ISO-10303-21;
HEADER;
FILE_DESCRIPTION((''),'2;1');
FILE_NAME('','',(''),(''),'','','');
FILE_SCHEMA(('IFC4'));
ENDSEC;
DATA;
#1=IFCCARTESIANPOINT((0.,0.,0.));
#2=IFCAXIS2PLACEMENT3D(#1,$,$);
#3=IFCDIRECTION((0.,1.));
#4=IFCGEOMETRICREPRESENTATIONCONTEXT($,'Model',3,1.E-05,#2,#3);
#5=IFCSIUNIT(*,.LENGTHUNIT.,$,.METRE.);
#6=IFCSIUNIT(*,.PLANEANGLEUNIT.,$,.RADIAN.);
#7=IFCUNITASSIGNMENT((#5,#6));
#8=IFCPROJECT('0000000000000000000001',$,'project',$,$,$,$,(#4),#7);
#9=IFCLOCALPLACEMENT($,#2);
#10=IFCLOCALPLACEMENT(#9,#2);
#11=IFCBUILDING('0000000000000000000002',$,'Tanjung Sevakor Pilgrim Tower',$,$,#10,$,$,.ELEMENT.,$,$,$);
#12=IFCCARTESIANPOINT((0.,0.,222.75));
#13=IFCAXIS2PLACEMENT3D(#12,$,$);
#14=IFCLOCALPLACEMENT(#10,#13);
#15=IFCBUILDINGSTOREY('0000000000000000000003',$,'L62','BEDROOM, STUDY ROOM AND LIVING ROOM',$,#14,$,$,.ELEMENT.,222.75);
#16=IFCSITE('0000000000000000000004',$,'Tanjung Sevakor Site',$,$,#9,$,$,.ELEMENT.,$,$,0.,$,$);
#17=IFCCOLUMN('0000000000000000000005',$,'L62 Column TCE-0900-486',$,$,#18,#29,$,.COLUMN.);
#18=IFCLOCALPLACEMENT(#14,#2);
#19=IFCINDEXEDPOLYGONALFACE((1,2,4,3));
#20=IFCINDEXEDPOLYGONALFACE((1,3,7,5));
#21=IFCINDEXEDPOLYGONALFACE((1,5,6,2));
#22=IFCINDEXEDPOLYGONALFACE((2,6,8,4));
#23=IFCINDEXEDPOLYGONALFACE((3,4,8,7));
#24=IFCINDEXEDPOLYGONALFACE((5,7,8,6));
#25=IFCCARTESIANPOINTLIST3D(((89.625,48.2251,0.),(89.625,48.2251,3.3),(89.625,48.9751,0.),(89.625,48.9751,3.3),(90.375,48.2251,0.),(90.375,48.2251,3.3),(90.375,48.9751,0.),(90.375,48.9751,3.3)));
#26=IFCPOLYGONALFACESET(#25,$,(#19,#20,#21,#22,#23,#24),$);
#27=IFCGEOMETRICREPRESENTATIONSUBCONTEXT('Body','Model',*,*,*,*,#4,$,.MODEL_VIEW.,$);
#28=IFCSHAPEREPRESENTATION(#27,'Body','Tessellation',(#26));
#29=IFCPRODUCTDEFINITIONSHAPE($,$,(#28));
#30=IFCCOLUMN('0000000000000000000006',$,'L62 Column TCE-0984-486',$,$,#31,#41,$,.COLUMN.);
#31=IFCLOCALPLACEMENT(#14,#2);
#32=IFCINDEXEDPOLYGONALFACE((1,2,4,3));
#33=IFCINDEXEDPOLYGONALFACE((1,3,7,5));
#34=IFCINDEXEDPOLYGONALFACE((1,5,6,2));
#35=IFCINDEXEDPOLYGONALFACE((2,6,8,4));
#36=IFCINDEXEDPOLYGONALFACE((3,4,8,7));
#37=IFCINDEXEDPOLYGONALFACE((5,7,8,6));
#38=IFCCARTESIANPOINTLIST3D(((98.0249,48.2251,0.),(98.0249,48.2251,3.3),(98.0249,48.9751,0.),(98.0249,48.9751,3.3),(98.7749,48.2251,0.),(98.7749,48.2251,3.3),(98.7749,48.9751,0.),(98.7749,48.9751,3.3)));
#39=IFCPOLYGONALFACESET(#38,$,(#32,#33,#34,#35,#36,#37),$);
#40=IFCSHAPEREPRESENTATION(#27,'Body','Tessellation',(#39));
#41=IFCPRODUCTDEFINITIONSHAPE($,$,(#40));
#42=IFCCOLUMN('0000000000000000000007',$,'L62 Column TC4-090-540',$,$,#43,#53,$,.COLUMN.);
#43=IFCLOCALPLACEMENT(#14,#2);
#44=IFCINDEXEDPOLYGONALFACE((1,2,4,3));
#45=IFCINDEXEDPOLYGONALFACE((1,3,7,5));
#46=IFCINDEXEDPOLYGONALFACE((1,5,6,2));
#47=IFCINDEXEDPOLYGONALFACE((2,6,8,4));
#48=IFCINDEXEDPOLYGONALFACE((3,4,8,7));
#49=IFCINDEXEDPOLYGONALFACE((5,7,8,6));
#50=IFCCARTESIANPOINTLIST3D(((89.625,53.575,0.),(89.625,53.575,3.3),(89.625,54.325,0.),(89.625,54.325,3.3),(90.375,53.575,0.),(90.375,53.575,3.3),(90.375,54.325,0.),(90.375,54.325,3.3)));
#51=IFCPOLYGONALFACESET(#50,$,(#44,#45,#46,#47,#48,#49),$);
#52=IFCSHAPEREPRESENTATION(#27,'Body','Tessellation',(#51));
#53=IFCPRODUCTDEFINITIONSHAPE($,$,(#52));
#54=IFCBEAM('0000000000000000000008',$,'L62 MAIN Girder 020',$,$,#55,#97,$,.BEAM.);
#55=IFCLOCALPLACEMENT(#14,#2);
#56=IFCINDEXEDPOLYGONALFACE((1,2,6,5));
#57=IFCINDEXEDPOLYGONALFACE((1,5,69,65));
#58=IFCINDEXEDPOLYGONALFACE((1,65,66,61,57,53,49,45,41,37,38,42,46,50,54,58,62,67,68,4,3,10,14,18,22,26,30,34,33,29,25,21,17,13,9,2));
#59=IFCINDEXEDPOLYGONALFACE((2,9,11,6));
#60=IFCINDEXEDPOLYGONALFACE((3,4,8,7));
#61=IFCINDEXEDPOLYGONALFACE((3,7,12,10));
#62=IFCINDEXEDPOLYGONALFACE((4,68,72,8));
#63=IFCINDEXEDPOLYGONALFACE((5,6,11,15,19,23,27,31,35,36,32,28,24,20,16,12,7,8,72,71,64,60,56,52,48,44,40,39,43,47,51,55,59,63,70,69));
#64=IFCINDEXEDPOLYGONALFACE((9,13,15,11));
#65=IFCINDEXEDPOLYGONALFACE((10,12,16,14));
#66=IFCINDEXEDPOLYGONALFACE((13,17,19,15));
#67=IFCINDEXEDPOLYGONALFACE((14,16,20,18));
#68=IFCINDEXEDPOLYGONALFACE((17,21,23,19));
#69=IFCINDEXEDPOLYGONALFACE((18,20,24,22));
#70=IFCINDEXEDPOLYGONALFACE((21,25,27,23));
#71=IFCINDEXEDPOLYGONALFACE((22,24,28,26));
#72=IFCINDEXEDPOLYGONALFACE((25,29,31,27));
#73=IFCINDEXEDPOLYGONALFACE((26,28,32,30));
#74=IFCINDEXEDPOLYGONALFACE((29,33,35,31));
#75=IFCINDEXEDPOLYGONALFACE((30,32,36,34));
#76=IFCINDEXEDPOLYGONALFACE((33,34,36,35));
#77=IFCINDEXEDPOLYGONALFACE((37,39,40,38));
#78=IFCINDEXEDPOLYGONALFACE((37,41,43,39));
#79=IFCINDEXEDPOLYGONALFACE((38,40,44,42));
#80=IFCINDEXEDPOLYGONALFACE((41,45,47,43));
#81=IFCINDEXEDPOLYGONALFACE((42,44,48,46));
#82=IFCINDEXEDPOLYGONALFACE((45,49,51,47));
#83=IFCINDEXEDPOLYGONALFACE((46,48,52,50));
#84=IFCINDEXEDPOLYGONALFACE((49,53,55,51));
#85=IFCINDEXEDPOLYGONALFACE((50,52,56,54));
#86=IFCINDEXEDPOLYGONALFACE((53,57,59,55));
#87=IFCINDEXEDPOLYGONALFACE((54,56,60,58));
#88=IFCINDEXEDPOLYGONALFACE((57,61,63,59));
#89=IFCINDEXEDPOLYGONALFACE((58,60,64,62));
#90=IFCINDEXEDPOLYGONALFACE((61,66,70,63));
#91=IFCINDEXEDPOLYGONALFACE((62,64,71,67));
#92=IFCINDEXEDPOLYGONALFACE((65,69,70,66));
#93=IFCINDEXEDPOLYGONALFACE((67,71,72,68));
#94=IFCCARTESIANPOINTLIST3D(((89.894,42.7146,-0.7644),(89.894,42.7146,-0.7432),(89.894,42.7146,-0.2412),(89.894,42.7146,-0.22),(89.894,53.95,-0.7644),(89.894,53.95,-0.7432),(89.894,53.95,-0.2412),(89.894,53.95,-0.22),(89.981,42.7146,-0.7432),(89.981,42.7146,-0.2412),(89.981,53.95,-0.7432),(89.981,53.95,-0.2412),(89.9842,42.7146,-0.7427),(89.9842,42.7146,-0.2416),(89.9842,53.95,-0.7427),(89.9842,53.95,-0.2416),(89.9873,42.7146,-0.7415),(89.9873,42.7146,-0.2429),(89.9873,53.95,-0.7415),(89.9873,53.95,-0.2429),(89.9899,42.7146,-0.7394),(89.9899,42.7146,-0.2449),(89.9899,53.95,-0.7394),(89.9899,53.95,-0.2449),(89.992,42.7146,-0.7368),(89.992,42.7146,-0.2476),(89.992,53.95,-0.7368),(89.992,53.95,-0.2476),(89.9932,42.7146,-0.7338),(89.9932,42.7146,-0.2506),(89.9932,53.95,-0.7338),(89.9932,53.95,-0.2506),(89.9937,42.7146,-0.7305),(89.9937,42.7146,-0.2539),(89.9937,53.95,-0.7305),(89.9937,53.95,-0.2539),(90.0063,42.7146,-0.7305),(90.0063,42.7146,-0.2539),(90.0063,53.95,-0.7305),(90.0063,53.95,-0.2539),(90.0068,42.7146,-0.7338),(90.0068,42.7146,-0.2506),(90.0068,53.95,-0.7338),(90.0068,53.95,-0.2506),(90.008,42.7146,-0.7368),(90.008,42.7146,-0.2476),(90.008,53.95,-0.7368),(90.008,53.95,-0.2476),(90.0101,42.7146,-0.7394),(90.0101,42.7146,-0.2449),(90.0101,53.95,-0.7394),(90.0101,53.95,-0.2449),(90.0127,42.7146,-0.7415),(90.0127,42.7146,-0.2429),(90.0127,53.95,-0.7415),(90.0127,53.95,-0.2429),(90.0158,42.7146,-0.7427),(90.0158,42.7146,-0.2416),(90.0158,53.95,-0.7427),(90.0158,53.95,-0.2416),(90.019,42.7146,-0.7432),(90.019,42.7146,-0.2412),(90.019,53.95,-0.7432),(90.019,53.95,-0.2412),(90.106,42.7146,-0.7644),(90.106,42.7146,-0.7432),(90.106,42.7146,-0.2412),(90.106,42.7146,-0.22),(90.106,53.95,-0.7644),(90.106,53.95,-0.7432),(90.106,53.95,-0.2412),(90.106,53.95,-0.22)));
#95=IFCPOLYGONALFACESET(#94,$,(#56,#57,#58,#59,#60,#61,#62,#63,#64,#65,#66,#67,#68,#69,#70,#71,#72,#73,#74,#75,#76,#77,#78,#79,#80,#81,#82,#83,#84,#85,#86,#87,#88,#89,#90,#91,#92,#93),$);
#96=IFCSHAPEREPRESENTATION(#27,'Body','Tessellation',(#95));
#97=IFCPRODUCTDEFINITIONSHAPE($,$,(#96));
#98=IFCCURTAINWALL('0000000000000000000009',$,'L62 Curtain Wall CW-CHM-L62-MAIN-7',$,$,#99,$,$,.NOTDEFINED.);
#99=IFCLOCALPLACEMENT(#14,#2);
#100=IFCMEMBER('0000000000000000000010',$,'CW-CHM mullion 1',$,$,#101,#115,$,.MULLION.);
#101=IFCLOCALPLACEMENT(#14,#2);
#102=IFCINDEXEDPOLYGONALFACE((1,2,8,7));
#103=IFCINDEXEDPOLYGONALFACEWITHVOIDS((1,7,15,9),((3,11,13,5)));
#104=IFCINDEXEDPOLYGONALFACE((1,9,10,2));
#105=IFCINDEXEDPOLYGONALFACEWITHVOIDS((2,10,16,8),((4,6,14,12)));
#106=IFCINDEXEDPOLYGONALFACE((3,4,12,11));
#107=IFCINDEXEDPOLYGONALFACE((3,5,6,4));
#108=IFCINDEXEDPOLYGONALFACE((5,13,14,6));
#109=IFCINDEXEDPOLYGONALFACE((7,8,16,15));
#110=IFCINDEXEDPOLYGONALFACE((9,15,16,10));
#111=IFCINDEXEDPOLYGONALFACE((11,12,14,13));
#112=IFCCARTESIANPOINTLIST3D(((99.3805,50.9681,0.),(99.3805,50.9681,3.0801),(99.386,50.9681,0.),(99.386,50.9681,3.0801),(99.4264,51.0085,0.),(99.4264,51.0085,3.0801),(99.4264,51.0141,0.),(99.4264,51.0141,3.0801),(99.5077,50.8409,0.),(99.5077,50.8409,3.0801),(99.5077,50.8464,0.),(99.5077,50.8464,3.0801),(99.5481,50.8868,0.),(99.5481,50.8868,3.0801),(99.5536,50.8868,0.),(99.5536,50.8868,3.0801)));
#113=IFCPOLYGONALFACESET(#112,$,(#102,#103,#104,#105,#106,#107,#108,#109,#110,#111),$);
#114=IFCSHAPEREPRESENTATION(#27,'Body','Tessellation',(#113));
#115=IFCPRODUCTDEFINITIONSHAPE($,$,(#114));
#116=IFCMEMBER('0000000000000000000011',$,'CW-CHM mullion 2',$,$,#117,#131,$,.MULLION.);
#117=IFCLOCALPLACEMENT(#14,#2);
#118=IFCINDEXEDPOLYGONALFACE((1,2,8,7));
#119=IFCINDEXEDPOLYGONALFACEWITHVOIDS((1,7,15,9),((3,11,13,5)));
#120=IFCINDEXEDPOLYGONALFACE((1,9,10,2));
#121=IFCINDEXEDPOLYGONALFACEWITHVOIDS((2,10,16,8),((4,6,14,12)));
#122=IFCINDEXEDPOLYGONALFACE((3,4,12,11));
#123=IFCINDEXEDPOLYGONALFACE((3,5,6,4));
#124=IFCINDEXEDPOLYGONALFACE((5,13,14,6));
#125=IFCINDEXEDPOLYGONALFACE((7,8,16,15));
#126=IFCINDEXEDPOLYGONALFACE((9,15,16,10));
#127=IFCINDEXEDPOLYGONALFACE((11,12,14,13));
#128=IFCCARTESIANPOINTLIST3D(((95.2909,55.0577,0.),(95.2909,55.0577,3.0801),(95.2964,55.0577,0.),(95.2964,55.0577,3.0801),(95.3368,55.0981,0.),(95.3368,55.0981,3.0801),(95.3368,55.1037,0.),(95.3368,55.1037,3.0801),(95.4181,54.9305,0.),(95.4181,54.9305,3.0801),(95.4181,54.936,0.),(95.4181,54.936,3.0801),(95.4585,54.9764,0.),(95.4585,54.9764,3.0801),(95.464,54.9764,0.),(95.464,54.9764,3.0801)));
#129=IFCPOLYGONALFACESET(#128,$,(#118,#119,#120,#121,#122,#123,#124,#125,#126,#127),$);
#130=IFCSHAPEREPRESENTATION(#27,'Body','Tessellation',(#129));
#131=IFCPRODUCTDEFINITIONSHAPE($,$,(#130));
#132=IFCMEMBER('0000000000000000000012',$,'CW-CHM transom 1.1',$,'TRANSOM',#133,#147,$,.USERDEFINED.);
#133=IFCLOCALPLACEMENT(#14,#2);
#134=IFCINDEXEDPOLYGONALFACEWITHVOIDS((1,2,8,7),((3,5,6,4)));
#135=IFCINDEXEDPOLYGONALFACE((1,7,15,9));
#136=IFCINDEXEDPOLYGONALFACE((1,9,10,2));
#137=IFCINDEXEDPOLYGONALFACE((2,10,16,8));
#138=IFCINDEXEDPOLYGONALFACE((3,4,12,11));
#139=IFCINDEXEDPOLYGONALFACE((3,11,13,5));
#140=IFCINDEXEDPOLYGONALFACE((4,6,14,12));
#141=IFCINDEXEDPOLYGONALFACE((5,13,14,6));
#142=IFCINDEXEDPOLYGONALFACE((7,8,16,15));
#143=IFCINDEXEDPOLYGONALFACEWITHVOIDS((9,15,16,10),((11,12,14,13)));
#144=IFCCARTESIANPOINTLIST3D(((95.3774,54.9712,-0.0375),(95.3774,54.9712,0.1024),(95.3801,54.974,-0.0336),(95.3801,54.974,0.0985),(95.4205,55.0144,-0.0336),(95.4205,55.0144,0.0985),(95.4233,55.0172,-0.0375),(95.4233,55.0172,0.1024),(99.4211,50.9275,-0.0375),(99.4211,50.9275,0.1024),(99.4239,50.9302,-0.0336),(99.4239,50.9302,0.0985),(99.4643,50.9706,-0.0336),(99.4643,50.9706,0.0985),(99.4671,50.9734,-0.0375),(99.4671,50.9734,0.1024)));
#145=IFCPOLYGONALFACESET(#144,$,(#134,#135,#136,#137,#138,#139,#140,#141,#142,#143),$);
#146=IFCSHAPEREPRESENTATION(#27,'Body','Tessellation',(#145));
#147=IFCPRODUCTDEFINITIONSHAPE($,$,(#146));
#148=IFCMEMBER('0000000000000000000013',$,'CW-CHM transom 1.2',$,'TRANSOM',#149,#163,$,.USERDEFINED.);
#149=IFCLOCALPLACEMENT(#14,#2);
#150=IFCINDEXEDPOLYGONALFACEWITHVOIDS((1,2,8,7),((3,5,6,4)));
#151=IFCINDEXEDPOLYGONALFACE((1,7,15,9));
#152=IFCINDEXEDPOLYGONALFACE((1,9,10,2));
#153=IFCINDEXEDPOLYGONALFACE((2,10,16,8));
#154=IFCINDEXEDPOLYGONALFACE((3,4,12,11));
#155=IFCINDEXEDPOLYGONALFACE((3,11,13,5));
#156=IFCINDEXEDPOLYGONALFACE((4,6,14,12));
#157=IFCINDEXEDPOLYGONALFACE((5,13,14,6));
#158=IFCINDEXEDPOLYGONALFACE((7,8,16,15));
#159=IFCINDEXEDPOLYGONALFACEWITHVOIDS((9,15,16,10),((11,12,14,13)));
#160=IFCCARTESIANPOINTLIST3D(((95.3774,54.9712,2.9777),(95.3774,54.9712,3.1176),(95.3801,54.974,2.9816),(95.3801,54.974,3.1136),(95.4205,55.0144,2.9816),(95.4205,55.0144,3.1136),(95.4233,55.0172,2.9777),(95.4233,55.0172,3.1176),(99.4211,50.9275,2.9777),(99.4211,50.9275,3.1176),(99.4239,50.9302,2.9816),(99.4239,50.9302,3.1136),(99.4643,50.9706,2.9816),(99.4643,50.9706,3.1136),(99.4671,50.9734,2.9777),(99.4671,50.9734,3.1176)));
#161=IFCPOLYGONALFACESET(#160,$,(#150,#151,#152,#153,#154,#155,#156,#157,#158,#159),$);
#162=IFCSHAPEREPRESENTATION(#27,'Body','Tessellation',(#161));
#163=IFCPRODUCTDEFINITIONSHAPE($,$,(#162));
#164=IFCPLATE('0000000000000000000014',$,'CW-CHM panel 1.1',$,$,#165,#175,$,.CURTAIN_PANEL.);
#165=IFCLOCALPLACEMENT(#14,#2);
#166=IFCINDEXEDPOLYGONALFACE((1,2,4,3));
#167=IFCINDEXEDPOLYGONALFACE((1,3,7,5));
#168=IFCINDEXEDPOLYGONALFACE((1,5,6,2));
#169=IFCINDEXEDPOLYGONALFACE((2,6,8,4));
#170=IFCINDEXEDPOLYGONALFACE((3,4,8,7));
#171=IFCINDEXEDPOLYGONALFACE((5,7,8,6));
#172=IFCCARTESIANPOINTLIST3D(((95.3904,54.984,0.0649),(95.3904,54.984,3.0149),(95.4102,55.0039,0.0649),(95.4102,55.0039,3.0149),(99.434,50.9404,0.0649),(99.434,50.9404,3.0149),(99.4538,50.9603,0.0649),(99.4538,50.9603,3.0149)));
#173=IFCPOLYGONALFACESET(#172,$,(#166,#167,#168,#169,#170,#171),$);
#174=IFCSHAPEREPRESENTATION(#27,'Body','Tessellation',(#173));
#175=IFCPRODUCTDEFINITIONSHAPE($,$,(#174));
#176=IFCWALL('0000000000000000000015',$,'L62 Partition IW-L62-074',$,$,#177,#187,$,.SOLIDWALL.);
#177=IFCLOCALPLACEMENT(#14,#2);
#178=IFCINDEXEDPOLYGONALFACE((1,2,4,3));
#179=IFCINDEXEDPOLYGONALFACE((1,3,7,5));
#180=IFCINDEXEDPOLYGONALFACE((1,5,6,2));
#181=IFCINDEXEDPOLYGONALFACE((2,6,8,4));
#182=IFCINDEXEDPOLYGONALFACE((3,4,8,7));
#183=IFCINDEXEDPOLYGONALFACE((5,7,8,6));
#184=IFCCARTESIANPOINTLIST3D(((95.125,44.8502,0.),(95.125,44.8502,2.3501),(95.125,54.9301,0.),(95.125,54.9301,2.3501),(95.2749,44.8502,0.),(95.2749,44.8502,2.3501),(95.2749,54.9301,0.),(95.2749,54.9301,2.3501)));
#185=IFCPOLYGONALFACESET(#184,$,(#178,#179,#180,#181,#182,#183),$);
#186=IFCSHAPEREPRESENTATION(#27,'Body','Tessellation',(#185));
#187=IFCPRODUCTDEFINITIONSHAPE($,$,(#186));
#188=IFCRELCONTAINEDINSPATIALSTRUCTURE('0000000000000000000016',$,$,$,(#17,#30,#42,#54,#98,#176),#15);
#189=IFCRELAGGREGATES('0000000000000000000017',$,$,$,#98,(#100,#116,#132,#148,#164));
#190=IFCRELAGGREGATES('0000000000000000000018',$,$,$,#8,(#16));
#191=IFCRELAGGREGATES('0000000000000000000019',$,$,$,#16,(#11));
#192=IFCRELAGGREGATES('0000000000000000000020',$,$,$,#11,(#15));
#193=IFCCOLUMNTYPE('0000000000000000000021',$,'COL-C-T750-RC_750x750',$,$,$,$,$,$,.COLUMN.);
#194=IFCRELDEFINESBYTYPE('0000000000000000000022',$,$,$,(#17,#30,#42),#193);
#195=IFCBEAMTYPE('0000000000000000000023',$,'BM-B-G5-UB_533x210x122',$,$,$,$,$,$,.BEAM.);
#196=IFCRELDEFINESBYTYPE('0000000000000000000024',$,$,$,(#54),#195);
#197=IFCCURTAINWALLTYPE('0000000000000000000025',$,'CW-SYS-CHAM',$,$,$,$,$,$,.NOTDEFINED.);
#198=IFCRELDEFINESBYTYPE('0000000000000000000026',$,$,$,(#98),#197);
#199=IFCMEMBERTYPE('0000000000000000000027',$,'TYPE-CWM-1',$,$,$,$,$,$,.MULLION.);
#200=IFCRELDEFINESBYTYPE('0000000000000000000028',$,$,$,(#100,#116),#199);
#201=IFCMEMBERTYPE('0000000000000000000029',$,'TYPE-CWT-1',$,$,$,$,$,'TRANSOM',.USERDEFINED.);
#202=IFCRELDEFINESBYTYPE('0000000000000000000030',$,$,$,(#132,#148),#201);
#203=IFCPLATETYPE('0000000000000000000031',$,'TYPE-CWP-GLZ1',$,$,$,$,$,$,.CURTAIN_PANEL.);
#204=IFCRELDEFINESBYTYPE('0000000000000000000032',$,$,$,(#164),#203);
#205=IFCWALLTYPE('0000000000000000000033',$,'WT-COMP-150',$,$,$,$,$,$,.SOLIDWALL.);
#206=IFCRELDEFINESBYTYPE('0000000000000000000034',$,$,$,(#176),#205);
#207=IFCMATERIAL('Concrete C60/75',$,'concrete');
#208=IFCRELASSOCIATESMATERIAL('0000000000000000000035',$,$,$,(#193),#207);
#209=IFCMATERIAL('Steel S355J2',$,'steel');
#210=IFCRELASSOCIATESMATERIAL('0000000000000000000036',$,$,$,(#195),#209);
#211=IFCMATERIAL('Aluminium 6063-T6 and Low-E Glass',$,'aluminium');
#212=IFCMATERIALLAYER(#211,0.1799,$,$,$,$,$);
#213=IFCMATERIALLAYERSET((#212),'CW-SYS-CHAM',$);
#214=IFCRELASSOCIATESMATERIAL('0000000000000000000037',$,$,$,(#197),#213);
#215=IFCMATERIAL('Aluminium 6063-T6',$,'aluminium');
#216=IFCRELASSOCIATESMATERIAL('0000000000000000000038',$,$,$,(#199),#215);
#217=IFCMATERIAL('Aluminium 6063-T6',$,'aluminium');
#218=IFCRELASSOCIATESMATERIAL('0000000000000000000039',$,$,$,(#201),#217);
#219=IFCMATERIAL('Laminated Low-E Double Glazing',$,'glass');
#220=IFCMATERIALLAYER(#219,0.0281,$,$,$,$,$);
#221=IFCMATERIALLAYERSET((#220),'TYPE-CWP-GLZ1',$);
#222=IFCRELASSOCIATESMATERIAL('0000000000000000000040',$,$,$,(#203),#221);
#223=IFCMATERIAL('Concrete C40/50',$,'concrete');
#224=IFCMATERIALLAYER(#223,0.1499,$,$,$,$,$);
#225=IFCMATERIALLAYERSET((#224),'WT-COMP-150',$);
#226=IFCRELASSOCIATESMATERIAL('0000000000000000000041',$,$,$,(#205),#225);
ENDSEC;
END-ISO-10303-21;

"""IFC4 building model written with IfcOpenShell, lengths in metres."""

from ifc_helpers import new_model, si_unit, direction, frame, frame_2d, origin, origin_2d, place, context, subcontext, project, spatial, rectangle, hollow_rectangle, i_section, extrude, material, layer, layer_set, material_profile, profile_set, type_object, element, aggregate, save


model = new_model("IFC4")

# Units and contexts
model_context = context("Model", 3, precision=1e-05, world=origin(), true_north=direction((0.0, 1.0)))
body_context = subcontext(model_context, "Body", "Model", "MODEL_VIEW")
ifc_project = project(units=[si_unit("LENGTHUNIT", "METRE"), si_unit("PLANEANGLEUNIT", "RADIAN")], contexts=[model_context])

# Site, building, storey
site_placement = place(None, origin())
site = spatial("IfcSite", under=ifc_project, at=site_placement, Name="Tanjung Sevakor Site", CompositionType="ELEMENT", RefElevation=0.0)
building_placement = place(site_placement, origin())
building = spatial("IfcBuilding", under=site, at=building_placement, Name="Tanjung Sevakor Pilgrim Tower", CompositionType="ELEMENT")
storey_placement = place(building_placement, frame((0.0, 0.0, 222.75)))
storey = spatial("IfcBuildingStorey", under=building, at=storey_placement, Name="L62", Description="BEDROOM, STUDY ROOM AND LIVING ROOM", CompositionType="ELEMENT", Elevation=222.75)

# Columns
ifc_material_1 = material(Name="Concrete C60/75", Category="concrete")
ifc_material_profile_1 = material_profile(ifc_material_1, rectangle(XDim=0.75, YDim=0.75, at=origin_2d()))
ifc_profile_set_1 = profile_set([ifc_material_profile_1], Name="Concrete C60/75")
column_type = type_object("IfcColumnType", Name="COL-C-T750-RC_750x750", PredefinedType="COLUMN", material=ifc_profile_set_1)
for number, where, z_axis, x_axis, name in (
    (1, (90.0, 48.6001, 0.0), (0.0, 0.0, 1.0), (1.0, 0.0, 0.0), "L62 Column TCE-0900-486"),
    (2, (98.3999, 48.6001, 0.0), (0.0, 0.0, 1.0), (1.0, 0.0, 0.0), "L62 Column TCE-0984-486"),
    (3, (90.0, 53.95, 0.0), (0.0, 0.0, 1.0), (1.0, 0.0, 0.0), "L62 Column TC4-090-540"),
):
    element("IfcColumn", number, at=place(storey_placement, frame(where, z_axis=z_axis, x_axis=x_axis)), inside=storey, type_object=column_type, Name=name, PredefinedType="COLUMN", context=body_context, shape_type="SweptSolid", body=[
        extrude(rectangle(XDim=0.75, YDim=0.75, at=origin_2d()), origin(), (0.0, 0.0, 1.0), 3.3),
    ])

# Beam
ifc_material_2 = material(Name="Steel S355J2", Category="steel")
ifc_material_profile_2 = material_profile(ifc_material_2, i_section(OverallWidth=0.2119, OverallDepth=0.5444, WebThickness=0.0127, FlangeThickness=0.0212, FilletRadius=0.0127, at=origin_2d()))
ifc_profile_set_2 = profile_set([ifc_material_profile_2], Name="Steel S355J2")
beam_type = type_object("IfcBeamType", Name="BM-B-G5-UB_533x210x122", PredefinedType="BEAM", material=ifc_profile_set_2)
beam_placement = place(storey_placement, frame((90.0, 42.7146, -0.4922), z_axis=(0.0, 1.0, 0.0), x_axis=(-1.0, 0.0, 0.0)))
element("IfcBeam", 4, at=beam_placement, inside=storey, type_object=beam_type, Name="L62 MAIN Girder 020", PredefinedType="BEAM", context=body_context, shape_type="SweptSolid", body=[
    extrude(i_section(OverallWidth=0.2119, OverallDepth=0.5444, WebThickness=0.0127, FlangeThickness=0.0212, FilletRadius=0.0127, at=origin_2d()), origin(), (0.0, 0.0, 1.0), 11.2354),
])

# Curtain wall, members, plate
ifc_material_3 = material(Name="Aluminium 6063-T6 and Low-E Glass", Category="aluminium")
ifc_layer_1 = layer(ifc_material_3, 0.1799)
ifc_layer_set_1 = layer_set([ifc_layer_1], Name="CW-SYS-CHAM")
curtain_wall_type = type_object("IfcCurtainWallType", Name="CW-SYS-CHAM", PredefinedType="NOTDEFINED", material=ifc_layer_set_1)
curtain_wall_placement = place(storey_placement, origin())
curtain_wall = element("IfcCurtainWall", 5, at=curtain_wall_placement, inside=storey, type_object=curtain_wall_type, Name="L62 Curtain Wall CW-CHM-L62-MAIN-7", PredefinedType="NOTDEFINED")
ifc_material_4 = material(Name="Aluminium 6063-T6", Category="aluminium")
ifc_material_profile_3 = material_profile(ifc_material_4, hollow_rectangle(XDim=0.0649, YDim=0.1799, WallThickness=0.0039, at=origin_2d()))
ifc_profile_set_3 = profile_set([ifc_material_profile_3], Name="Aluminium 6063-T6")
member_type_1 = type_object("IfcMemberType", Name="TYPE-CWM-1", PredefinedType="MULLION", material=ifc_profile_set_3)
member_1_placement = place(storey_placement, frame((99.467, 50.9275, 0.0), z_axis=(0.0, 0.0, 1.0), x_axis=(-0.707107, -0.707107, 0.0)))
member_1 = element("IfcMember", 6, at=member_1_placement, type_object=member_type_1, Name="CW-CHM mullion 1", PredefinedType="MULLION", context=body_context, shape_type="SweptSolid", body=[
    extrude(hollow_rectangle(XDim=0.0649, YDim=0.1799, WallThickness=0.0039, at=origin_2d()), origin(), (0.0, 0.0, 1.0), 3.0801),
])
member_2_placement = place(storey_placement, frame((95.3774, 55.0171, 0.0), z_axis=(0.0, 0.0, 1.0), x_axis=(-0.707107, -0.707107, 0.0)))
member_2 = element("IfcMember", 7, at=member_2_placement, type_object=member_type_1, Name="CW-CHM mullion 2", PredefinedType="MULLION", context=body_context, shape_type="SweptSolid", body=[
    extrude(hollow_rectangle(XDim=0.0649, YDim=0.1799, WallThickness=0.0039, at=origin_2d()), origin(), (0.0, 0.0, 1.0), 3.0801),
])
ifc_material_5 = material(Name="Aluminium 6063-T6", Category="aluminium")
ifc_material_profile_4 = material_profile(ifc_material_5, hollow_rectangle(XDim=0.0649, YDim=0.1399, WallThickness=0.0039, at=origin_2d()))
ifc_profile_set_4 = profile_set([ifc_material_profile_4], Name="Aluminium 6063-T6")
member_type_2 = type_object("IfcMemberType", Name="TYPE-CWT-1", ElementType="TRANSOM", PredefinedType="USERDEFINED", material=ifc_profile_set_4)
member_3_placement = place(storey_placement, frame((99.4441, 50.9504, 0.0325), z_axis=(-0.707107, 0.707107, 0.0), x_axis=(-0.707107, -0.707107, 0.0)))
member_3 = element("IfcMember", 8, at=member_3_placement, type_object=member_type_2, Name="CW-CHM transom 1.1", ObjectType="TRANSOM", PredefinedType="USERDEFINED", context=body_context, shape_type="SweptSolid", body=[
    extrude(hollow_rectangle(XDim=0.0649, YDim=0.1399, WallThickness=0.0039, at=origin_2d()), origin(), (0.0, 0.0, 1.0), 5.7188),
])
member_4_placement = place(storey_placement, frame((99.4441, 50.9504, 3.0476), z_axis=(-0.707107, 0.707107, 0.0), x_axis=(-0.707107, -0.707107, 0.0)))
member_4 = element("IfcMember", 9, at=member_4_placement, type_object=member_type_2, Name="CW-CHM transom 1.2", ObjectType="TRANSOM", PredefinedType="USERDEFINED", context=body_context, shape_type="SweptSolid", body=[
    extrude(hollow_rectangle(XDim=0.0649, YDim=0.1399, WallThickness=0.0039, at=origin_2d()), origin(), (0.0, 0.0, 1.0), 5.7188),
])
ifc_material_6 = material(Name="Laminated Low-E Double Glazing", Category="glass")
ifc_layer_2 = layer(ifc_material_6, 0.0281)
ifc_layer_set_2 = layer_set([ifc_layer_2], Name="TYPE-CWP-GLZ1")
plate_type = type_object("IfcPlateType", Name="TYPE-CWP-GLZ1", PredefinedType="CURTAIN_PANEL", material=ifc_layer_set_2)
plate_placement = place(storey_placement, frame((97.4221, 52.9722, 0.0649), z_axis=(0.0, 0.0, 1.0), x_axis=(-0.707107, 0.707107, 0.0)))
plate = element("IfcPlate", 10, at=plate_placement, type_object=plate_type, Name="CW-CHM panel 1.1", PredefinedType="CURTAIN_PANEL", context=body_context, shape_type="SweptSolid", body=[
    extrude(rectangle(XDim=5.7185, YDim=0.0281, at=origin_2d()), origin(), (0.0, 0.0, 1.0), 2.95),
])
aggregate(curtain_wall, [member_1, member_2, member_3, member_4, plate])

# Wall
ifc_material_7 = material(Name="Concrete C40/50", Category="concrete")
ifc_layer_3 = layer(ifc_material_7, 0.1499)
ifc_layer_set_3 = layer_set([ifc_layer_3], Name="WT-COMP-150")
wall_type_1 = type_object("IfcWallType", Name="WT-COMP-150", PredefinedType="SOLIDWALL", material=ifc_layer_set_3)
wall_1_placement = place(storey_placement, frame((95.2, 44.8501, 0.0), z_axis=(0.0, 0.0, 1.0), x_axis=(0.0, 1.0, 0.0)))
element("IfcWall", 11, at=wall_1_placement, inside=storey, type_object=wall_type_1, Name="L62 Partition IW-L62-074", PredefinedType="SOLIDWALL", context=body_context, shape_type="SweptSolid", body=[
    extrude(rectangle(XDim=10.0798, YDim=0.1499, at=frame_2d((5.04, 0.0))), origin(), (0.0, 0.0, 1.0), 2.3501),
])

save(model, "model.ifc")
